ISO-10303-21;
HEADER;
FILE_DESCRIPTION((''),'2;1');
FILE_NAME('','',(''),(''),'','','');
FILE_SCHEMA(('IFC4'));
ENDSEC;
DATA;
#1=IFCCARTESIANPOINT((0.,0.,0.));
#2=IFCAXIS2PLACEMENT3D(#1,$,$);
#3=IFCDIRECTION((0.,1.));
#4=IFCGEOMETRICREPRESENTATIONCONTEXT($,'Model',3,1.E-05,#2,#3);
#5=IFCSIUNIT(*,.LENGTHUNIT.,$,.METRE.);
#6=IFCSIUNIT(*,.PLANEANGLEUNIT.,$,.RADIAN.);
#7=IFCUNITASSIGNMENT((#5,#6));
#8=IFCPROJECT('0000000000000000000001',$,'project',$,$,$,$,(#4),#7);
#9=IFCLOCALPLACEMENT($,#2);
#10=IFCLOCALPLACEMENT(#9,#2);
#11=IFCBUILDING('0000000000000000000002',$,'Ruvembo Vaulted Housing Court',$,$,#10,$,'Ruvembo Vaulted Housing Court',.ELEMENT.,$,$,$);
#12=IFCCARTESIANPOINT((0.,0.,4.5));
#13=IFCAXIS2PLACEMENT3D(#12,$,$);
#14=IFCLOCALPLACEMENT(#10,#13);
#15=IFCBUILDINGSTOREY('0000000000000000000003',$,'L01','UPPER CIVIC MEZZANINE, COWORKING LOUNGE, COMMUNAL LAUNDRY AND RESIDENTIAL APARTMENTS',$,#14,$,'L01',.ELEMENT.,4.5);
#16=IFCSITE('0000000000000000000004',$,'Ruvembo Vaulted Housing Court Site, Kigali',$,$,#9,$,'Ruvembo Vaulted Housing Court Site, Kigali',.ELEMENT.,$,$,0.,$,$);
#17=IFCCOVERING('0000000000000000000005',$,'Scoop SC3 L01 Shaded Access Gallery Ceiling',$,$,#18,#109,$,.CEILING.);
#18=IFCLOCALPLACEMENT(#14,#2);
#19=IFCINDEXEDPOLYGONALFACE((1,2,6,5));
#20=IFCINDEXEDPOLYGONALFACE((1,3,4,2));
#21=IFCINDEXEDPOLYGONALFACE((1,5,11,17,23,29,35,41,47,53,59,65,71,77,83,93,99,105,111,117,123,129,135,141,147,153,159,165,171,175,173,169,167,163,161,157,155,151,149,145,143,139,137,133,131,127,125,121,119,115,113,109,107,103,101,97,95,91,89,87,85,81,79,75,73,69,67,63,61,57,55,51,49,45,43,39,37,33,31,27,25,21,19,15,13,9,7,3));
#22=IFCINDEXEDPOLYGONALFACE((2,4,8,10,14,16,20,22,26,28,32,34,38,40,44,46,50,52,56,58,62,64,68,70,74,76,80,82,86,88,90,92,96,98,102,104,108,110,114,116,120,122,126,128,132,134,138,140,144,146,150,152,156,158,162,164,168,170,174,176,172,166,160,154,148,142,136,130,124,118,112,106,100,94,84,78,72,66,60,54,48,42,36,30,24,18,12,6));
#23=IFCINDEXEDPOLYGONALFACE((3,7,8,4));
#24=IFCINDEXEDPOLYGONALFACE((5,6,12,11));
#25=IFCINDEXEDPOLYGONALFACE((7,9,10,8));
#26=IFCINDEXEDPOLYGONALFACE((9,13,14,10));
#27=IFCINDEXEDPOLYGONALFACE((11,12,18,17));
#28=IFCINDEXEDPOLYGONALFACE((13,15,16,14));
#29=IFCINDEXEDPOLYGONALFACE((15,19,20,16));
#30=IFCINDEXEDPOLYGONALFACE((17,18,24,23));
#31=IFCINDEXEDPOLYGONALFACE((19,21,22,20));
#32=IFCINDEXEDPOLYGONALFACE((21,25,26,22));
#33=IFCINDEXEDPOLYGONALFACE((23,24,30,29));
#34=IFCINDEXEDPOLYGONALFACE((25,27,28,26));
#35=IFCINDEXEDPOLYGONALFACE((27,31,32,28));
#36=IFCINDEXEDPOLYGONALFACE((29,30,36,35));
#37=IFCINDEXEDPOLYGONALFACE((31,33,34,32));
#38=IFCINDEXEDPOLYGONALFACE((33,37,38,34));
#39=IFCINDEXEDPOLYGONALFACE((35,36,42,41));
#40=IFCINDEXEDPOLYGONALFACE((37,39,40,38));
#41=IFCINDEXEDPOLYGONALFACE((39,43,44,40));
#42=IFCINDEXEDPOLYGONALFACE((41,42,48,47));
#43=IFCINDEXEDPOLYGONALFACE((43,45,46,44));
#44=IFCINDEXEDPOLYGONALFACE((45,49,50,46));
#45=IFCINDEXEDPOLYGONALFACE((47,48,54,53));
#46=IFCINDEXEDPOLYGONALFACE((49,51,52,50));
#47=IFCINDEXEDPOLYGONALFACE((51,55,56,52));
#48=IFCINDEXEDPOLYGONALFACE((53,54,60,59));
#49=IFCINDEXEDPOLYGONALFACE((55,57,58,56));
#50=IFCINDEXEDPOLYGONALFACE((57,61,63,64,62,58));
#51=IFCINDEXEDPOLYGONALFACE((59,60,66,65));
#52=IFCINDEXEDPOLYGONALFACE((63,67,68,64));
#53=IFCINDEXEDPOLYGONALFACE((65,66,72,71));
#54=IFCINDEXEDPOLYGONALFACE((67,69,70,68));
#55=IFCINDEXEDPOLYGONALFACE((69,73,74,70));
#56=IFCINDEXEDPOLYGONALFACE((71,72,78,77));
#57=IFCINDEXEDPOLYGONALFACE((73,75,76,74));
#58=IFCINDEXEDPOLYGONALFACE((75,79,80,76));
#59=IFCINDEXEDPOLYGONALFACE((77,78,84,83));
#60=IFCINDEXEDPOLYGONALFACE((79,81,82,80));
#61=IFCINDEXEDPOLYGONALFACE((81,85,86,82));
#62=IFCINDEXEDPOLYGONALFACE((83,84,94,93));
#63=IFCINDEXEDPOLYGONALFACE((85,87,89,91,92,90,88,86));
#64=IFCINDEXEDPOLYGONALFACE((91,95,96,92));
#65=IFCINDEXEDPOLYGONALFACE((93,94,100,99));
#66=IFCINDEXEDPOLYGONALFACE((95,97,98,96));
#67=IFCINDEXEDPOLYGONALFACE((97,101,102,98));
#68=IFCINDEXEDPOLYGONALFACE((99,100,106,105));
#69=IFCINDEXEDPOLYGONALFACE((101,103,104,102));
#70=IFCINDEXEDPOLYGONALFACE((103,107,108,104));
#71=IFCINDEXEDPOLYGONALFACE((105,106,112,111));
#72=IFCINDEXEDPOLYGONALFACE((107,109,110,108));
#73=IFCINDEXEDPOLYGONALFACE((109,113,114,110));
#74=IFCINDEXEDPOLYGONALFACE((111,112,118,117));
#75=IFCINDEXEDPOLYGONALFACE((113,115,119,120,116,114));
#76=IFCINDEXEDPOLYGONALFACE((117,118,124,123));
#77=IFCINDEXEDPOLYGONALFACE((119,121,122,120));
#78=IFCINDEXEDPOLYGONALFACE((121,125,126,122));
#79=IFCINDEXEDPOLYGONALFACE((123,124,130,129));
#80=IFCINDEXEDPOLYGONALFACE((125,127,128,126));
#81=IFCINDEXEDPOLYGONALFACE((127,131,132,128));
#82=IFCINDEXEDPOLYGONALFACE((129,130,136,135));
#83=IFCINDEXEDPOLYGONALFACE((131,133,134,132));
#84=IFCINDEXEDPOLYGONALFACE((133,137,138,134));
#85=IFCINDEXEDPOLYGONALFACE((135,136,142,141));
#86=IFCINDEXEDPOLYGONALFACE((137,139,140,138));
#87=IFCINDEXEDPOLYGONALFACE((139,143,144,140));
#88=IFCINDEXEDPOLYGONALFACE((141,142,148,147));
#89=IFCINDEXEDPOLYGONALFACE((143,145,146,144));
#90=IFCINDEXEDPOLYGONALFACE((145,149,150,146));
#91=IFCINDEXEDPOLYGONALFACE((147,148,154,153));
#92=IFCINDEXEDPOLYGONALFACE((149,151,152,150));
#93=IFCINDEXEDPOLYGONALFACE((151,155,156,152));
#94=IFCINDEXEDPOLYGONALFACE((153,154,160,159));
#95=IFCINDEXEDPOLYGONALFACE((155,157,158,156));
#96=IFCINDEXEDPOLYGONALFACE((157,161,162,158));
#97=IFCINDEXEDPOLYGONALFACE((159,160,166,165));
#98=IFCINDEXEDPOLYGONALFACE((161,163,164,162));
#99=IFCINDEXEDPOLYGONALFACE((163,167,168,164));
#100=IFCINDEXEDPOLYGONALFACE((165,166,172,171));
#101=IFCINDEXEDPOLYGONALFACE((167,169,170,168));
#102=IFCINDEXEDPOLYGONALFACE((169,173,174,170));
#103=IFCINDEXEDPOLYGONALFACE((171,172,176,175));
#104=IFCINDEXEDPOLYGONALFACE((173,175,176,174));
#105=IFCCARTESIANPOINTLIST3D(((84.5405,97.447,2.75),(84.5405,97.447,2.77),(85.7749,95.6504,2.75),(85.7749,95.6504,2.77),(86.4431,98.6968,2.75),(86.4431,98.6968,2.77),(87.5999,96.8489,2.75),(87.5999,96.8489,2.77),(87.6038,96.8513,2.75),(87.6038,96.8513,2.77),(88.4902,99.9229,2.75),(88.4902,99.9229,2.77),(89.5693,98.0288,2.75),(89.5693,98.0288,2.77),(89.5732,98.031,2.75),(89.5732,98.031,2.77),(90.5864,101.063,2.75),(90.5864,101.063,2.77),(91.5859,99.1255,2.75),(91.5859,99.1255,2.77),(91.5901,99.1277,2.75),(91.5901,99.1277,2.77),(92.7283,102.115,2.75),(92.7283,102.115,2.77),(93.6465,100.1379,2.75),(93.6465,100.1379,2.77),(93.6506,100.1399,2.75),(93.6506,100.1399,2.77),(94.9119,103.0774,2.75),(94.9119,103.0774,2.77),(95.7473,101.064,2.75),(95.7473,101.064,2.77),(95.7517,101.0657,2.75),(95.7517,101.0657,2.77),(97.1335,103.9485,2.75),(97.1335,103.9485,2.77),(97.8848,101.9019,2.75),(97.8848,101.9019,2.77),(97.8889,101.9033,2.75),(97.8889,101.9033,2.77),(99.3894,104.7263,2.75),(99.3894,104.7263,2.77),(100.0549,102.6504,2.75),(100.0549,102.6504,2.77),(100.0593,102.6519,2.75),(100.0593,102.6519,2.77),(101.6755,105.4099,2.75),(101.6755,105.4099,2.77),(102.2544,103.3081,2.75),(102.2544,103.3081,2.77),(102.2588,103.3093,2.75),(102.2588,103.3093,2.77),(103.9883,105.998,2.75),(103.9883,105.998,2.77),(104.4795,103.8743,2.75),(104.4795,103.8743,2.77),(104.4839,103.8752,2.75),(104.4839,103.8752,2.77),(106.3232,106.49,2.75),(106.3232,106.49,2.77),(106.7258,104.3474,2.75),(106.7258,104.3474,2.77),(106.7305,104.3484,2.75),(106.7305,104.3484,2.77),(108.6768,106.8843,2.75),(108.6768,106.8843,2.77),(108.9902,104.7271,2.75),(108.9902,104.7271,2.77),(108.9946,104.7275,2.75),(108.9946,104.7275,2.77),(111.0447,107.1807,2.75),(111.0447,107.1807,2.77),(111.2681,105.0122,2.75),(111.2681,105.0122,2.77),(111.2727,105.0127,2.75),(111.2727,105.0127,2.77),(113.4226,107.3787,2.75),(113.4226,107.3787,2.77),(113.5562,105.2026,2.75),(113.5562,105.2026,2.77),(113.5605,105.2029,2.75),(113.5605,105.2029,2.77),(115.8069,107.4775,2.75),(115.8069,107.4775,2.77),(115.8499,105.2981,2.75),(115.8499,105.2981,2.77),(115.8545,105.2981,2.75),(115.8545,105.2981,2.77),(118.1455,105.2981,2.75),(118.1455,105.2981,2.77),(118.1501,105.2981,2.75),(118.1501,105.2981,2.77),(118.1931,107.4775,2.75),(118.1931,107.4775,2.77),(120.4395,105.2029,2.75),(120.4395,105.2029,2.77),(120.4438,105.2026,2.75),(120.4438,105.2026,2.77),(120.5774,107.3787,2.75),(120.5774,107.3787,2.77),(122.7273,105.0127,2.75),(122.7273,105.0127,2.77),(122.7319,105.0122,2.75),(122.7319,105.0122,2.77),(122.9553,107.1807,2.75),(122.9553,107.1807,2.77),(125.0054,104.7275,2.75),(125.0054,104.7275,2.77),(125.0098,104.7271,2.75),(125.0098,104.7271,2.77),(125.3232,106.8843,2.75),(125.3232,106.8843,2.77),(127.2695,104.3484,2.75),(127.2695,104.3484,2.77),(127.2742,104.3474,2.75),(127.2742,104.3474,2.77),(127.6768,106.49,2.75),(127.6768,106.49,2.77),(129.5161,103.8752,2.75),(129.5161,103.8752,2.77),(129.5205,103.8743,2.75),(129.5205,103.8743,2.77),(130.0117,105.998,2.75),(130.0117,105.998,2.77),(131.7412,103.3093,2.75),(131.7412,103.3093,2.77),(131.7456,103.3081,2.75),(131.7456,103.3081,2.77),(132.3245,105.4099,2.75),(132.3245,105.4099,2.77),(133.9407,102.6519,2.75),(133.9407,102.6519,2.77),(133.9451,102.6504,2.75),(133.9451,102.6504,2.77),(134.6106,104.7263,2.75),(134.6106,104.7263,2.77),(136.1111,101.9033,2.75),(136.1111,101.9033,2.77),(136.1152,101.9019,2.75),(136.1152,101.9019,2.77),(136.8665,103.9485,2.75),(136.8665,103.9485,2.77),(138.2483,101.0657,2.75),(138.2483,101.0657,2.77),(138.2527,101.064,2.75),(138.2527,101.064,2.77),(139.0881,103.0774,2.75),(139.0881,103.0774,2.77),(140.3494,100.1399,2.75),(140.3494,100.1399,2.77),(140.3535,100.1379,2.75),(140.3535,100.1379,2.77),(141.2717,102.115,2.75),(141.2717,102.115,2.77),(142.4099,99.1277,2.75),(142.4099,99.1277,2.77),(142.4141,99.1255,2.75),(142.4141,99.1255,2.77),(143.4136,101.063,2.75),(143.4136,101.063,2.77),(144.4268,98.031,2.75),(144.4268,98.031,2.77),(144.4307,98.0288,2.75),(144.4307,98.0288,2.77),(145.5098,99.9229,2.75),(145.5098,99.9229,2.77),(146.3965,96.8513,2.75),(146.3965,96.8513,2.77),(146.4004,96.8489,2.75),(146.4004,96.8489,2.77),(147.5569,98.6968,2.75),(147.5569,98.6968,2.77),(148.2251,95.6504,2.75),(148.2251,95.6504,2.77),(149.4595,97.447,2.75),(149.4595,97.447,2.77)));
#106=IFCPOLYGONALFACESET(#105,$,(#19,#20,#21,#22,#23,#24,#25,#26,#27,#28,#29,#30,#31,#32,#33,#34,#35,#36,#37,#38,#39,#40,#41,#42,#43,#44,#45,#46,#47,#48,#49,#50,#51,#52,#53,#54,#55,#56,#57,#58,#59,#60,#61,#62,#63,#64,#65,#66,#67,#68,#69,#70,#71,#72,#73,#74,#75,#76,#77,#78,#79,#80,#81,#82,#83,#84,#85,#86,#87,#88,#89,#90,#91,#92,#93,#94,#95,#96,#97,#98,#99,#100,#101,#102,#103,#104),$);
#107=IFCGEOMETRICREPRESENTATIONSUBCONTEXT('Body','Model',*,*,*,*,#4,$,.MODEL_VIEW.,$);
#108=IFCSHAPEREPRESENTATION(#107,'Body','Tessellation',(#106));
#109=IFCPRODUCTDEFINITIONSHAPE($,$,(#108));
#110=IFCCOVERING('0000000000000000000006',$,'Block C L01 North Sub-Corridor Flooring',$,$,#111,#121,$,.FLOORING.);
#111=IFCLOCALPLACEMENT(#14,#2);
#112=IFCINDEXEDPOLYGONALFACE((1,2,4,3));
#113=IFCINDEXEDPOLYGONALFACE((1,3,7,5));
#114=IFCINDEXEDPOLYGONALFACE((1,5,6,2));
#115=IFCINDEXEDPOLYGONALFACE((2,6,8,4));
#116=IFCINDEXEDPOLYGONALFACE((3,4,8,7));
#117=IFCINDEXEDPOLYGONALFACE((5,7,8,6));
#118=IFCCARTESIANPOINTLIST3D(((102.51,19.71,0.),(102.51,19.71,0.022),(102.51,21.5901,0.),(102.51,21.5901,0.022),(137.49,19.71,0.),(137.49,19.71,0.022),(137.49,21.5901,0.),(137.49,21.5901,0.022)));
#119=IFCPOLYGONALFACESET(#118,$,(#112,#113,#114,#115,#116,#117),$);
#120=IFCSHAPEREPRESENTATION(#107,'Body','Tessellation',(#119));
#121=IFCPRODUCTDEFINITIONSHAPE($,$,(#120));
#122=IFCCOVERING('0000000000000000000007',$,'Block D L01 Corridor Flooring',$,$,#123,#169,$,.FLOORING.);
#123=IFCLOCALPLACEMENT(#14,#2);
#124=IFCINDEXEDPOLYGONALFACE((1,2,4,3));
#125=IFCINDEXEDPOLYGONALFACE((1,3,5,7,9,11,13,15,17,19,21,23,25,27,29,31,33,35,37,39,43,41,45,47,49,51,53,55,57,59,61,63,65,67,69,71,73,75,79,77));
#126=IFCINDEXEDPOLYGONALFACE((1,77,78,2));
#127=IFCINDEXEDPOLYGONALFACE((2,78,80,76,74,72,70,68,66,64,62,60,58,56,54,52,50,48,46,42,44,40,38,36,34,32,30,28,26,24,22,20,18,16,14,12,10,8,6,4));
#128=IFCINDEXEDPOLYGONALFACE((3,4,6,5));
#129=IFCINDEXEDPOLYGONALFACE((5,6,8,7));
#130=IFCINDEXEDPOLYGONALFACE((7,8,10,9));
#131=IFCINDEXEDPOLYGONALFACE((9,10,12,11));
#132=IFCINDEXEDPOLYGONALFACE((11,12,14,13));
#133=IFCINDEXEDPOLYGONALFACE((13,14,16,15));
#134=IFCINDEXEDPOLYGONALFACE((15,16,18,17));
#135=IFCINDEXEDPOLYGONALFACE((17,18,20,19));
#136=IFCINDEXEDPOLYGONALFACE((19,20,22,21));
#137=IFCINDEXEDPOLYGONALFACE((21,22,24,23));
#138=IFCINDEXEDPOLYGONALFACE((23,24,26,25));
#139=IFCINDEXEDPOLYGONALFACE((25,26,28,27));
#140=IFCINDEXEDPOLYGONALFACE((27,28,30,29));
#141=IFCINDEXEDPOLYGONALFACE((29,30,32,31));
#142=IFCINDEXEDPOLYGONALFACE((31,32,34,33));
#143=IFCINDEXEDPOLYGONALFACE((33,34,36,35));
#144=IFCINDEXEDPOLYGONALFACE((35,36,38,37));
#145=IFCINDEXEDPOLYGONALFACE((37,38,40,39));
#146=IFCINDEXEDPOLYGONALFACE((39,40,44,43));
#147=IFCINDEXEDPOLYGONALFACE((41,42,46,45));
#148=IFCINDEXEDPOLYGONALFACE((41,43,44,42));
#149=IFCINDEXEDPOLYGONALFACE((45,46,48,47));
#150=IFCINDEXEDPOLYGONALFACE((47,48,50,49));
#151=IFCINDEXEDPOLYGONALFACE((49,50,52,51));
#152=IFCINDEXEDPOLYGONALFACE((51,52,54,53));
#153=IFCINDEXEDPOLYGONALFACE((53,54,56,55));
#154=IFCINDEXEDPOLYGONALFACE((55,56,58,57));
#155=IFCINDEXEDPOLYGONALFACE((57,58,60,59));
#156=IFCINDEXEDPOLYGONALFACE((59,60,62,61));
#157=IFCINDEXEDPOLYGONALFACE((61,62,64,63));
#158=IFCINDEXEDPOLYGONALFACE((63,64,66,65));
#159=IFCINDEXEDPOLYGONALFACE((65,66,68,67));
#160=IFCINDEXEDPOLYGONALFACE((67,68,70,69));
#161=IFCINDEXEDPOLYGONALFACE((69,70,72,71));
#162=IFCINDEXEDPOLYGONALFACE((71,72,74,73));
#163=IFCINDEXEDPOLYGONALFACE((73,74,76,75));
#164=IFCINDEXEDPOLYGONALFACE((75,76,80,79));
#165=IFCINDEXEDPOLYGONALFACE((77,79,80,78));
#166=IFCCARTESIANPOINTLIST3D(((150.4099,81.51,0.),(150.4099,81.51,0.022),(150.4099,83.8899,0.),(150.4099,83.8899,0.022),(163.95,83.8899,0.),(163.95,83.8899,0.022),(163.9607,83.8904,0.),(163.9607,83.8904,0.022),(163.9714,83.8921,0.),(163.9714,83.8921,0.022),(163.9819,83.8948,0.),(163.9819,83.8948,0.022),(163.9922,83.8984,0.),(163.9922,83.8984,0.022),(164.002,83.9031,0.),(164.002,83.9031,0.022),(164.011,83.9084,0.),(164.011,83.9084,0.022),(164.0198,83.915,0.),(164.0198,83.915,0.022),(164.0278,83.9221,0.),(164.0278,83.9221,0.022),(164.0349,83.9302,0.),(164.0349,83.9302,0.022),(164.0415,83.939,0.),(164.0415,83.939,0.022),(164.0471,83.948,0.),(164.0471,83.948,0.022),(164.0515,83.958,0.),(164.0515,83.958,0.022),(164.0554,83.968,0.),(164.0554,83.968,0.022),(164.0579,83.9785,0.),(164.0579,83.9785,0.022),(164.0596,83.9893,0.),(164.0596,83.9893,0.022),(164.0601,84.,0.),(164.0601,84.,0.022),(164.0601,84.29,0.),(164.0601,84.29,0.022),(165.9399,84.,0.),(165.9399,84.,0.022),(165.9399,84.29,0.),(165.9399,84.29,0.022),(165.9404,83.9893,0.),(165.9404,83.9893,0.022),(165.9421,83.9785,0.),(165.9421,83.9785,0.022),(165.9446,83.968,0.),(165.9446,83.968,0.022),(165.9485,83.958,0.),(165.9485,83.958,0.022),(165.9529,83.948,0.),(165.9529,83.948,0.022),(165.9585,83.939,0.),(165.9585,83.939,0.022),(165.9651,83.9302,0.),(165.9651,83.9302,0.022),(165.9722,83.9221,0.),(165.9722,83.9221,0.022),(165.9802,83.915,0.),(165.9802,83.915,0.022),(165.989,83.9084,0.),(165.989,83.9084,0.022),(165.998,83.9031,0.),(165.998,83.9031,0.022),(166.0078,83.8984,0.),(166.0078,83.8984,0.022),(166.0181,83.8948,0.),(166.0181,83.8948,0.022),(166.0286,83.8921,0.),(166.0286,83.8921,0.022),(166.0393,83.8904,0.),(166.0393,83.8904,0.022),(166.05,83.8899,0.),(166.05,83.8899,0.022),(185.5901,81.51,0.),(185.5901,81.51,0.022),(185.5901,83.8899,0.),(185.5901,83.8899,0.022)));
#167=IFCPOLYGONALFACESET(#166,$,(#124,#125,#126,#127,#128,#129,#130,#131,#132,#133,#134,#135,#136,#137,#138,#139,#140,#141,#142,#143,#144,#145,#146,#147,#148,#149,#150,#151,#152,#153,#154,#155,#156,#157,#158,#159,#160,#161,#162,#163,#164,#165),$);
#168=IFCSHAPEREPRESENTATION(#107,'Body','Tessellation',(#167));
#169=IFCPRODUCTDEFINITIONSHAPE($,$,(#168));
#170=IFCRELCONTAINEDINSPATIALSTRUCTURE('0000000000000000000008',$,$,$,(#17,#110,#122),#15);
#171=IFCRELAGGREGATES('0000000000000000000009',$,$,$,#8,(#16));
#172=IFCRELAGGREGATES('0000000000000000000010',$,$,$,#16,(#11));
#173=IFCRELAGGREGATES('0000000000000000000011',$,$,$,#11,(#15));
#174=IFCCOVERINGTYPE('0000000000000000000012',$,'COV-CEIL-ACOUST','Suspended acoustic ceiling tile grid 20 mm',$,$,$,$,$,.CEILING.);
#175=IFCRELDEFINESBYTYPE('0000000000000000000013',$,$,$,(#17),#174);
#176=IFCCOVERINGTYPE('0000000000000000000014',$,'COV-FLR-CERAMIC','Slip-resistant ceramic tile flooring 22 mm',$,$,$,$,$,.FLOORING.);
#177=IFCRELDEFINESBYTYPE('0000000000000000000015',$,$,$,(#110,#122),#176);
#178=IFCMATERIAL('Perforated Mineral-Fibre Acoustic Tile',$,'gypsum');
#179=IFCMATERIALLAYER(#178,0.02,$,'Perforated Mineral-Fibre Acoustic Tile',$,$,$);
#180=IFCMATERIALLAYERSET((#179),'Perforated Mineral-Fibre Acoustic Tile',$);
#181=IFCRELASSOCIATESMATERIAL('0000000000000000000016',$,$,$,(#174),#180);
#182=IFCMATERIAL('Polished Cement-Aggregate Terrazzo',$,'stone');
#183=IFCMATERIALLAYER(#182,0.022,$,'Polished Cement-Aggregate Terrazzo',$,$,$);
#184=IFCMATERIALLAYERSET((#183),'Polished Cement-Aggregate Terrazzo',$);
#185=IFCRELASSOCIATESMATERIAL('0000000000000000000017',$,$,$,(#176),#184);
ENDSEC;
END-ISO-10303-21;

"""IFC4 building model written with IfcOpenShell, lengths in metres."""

from ifc_helpers import new_model, si_unit, direction, frame, origin, place, context, subcontext, project, spatial, polyline, outline, extrude, material, layer, layer_set, type_object, element, save


model = new_model("IFC4")

# Units and contexts
model_context = context("Model", 3, precision=1e-05, world=origin(), true_north=direction((0.0, 1.0)))
body_context = subcontext(model_context, "Body", "Model", "MODEL_VIEW")
ifc_project = project(units=[si_unit("LENGTHUNIT", "METRE"), si_unit("PLANEANGLEUNIT", "RADIAN")], contexts=[model_context])

# Site, building, storey
site_placement = place(None, origin())
site = spatial("IfcSite", under=ifc_project, at=site_placement, Name="Ruvembo Vaulted Housing Court Site, Kigali", LongName="Ruvembo Vaulted Housing Court Site, Kigali", CompositionType="ELEMENT", RefElevation=0.0)
building_placement = place(site_placement, origin())
building = spatial("IfcBuilding", under=site, at=building_placement, Name="Ruvembo Vaulted Housing Court", LongName="Ruvembo Vaulted Housing Court", CompositionType="ELEMENT")
storey_placement = place(building_placement, frame((0.0, 0.0, 4.5)))
storey = spatial("IfcBuildingStorey", under=building, at=storey_placement, Name="L01", Description="UPPER CIVIC MEZZANINE, COWORKING LOUNGE, COMMUNAL LAUNDRY AND RESIDENTIAL APARTMENTS", LongName="L01", CompositionType="ELEMENT", Elevation=4.5)

# Coverings
ifc_material_1 = material(Name="Perforated Mineral-Fibre Acoustic Tile", Category="gypsum")
ifc_layer_1 = layer(ifc_material_1, 0.02, Name="Perforated Mineral-Fibre Acoustic Tile")
ifc_layer_set_1 = layer_set([ifc_layer_1], Name="Perforated Mineral-Fibre Acoustic Tile")
covering_type_1 = type_object("IfcCoveringType", Name="COV-CEIL-ACOUST", Description="Suspended acoustic ceiling tile grid 20 mm", PredefinedType="CEILING", material=ifc_layer_set_1)
covering_1_placement = place(storey_placement, frame((0.0, 0.0, 2.75)))
element("IfcCovering", 1, at=covering_1_placement, inside=storey, type_object=covering_type_1, Name="Scoop SC3 L01 Shaded Access Gallery Ceiling", PredefinedType="CEILING", context=body_context, shape_type="SweptSolid", body=[
    extrude(outline(polyline([(86.4431, 98.6968), (84.5405, 97.447), (85.7749, 95.6504), (87.5999, 96.8489), (87.6038, 96.8513), (89.5693, 98.0288), (89.5732, 98.031), (91.5859, 99.1255), (91.5901, 99.1277), (93.6465, 100.1379), (93.6506, 100.1399), (95.7473, 101.064), (95.7517, 101.0657), (97.8848, 101.9019), (97.8889, 101.9033), (100.0549, 102.6504), (100.0593, 102.6519), (102.2544, 103.3081), (102.2588, 103.3093), (104.4795, 103.8743), (104.4839, 103.8752), (106.7258, 104.3474), (106.7305, 104.3484), (108.9902, 104.7271), (108.9946, 104.7275), (111.2681, 105.0122), (111.2727, 105.0127), (113.5562, 105.2026), (113.5605, 105.2029), (115.8499, 105.2981), (115.8545, 105.2981), (118.1455, 105.2981), (118.1501, 105.2981), (120.4395, 105.2029), (120.4438, 105.2026), (122.7273, 105.0127), (122.7319, 105.0122), (125.0054, 104.7275), (125.0098, 104.7271), (127.2695, 104.3484), (127.2742, 104.3474), (129.5161, 103.8752), (129.5205, 103.8743), (131.7412, 103.3093), (131.7456, 103.3081), (133.9407, 102.6519), (133.9451, 102.6504), (136.1111, 101.9033), (136.1152, 101.9019), (138.2483, 101.0657), (138.2527, 101.064), (140.3494, 100.1399), (140.3535, 100.1379), (142.4099, 99.1277), (142.4141, 99.1255), (144.4268, 98.031), (144.4307, 98.0288), (146.3965, 96.8513), (146.4004, 96.8489), (148.2251, 95.6504), (149.4595, 97.447), (147.5569, 98.6968), (145.5098, 99.9229), (143.4136, 101.063), (141.2717, 102.115), (139.0881, 103.0774), (136.8665, 103.9485), (134.6106, 104.7263), (132.3245, 105.4099), (130.0117, 105.998), (127.6768, 106.49), (125.3232, 106.8843), (122.9553, 107.1807), (120.5774, 107.3787), (118.1931, 107.4775), (115.8069, 107.4775), (113.4226, 107.3787), (111.0447, 107.1807), (108.6768, 106.8843), (106.3232, 106.49), (103.9883, 105.998), (101.6755, 105.4099), (99.3894, 104.7263), (97.1335, 103.9485), (94.9119, 103.0774), (92.7283, 102.115), (90.5864, 101.063), (88.4902, 99.9229), (86.4431, 98.6968)])), origin(), (0.0, 0.0, 1.0), 0.02),
])
ifc_material_2 = material(Name="Polished Cement-Aggregate Terrazzo", Category="stone")
ifc_layer_2 = layer(ifc_material_2, 0.022, Name="Polished Cement-Aggregate Terrazzo")
ifc_layer_set_2 = layer_set([ifc_layer_2], Name="Polished Cement-Aggregate Terrazzo")
covering_type_2 = type_object("IfcCoveringType", Name="COV-FLR-CERAMIC", Description="Slip-resistant ceramic tile flooring 22 mm", PredefinedType="FLOORING", material=ifc_layer_set_2)
covering_2_placement = place(storey_placement, origin())
element("IfcCovering", 2, at=covering_2_placement, inside=storey, type_object=covering_type_2, Name="Block C L01 North Sub-Corridor Flooring", PredefinedType="FLOORING", context=body_context, shape_type="SweptSolid", body=[
    extrude(outline(polyline([(137.49, 19.71), (137.49, 21.5901), (102.51, 21.5901), (102.51, 19.71), (137.49, 19.71)])), origin(), (0.0, 0.0, 1.0), 0.022),
])
covering_3_placement = place(storey_placement, origin())
element("IfcCovering", 3, at=covering_3_placement, inside=storey, type_object=covering_type_2, Name="Block D L01 Corridor Flooring", PredefinedType="FLOORING", context=body_context, shape_type="SweptSolid", body=[
    extrude(outline(polyline([(163.95, 83.8899), (150.4099, 83.8899), (150.4099, 81.51), (185.5901, 81.51), (185.5901, 83.8899), (166.05, 83.8899), (166.0393, 83.8904), (166.0286, 83.8921), (166.0181, 83.8948), (166.0078, 83.8984), (165.998, 83.9031), (165.989, 83.9084), (165.9802, 83.915), (165.9722, 83.9221), (165.9651, 83.9302), (165.9585, 83.939), (165.9529, 83.948), (165.9485, 83.958), (165.9446, 83.968), (165.9421, 83.9785), (165.9404, 83.9893), (165.9399, 84.0), (165.9399, 84.29), (164.0601, 84.29), (164.0601, 84.0), (164.0596, 83.9893), (164.0579, 83.9785), (164.0554, 83.968), (164.0515, 83.958), (164.0471, 83.948), (164.0415, 83.939), (164.0349, 83.9302), (164.0278, 83.9221), (164.0198, 83.915), (164.011, 83.9084), (164.002, 83.9031), (163.9922, 83.8984), (163.9819, 83.8948), (163.9714, 83.8921), (163.9607, 83.8904), (163.95, 83.8899)])), origin(), (0.0, 0.0, 1.0), 0.022),
])

save(model, "model.ifc")
